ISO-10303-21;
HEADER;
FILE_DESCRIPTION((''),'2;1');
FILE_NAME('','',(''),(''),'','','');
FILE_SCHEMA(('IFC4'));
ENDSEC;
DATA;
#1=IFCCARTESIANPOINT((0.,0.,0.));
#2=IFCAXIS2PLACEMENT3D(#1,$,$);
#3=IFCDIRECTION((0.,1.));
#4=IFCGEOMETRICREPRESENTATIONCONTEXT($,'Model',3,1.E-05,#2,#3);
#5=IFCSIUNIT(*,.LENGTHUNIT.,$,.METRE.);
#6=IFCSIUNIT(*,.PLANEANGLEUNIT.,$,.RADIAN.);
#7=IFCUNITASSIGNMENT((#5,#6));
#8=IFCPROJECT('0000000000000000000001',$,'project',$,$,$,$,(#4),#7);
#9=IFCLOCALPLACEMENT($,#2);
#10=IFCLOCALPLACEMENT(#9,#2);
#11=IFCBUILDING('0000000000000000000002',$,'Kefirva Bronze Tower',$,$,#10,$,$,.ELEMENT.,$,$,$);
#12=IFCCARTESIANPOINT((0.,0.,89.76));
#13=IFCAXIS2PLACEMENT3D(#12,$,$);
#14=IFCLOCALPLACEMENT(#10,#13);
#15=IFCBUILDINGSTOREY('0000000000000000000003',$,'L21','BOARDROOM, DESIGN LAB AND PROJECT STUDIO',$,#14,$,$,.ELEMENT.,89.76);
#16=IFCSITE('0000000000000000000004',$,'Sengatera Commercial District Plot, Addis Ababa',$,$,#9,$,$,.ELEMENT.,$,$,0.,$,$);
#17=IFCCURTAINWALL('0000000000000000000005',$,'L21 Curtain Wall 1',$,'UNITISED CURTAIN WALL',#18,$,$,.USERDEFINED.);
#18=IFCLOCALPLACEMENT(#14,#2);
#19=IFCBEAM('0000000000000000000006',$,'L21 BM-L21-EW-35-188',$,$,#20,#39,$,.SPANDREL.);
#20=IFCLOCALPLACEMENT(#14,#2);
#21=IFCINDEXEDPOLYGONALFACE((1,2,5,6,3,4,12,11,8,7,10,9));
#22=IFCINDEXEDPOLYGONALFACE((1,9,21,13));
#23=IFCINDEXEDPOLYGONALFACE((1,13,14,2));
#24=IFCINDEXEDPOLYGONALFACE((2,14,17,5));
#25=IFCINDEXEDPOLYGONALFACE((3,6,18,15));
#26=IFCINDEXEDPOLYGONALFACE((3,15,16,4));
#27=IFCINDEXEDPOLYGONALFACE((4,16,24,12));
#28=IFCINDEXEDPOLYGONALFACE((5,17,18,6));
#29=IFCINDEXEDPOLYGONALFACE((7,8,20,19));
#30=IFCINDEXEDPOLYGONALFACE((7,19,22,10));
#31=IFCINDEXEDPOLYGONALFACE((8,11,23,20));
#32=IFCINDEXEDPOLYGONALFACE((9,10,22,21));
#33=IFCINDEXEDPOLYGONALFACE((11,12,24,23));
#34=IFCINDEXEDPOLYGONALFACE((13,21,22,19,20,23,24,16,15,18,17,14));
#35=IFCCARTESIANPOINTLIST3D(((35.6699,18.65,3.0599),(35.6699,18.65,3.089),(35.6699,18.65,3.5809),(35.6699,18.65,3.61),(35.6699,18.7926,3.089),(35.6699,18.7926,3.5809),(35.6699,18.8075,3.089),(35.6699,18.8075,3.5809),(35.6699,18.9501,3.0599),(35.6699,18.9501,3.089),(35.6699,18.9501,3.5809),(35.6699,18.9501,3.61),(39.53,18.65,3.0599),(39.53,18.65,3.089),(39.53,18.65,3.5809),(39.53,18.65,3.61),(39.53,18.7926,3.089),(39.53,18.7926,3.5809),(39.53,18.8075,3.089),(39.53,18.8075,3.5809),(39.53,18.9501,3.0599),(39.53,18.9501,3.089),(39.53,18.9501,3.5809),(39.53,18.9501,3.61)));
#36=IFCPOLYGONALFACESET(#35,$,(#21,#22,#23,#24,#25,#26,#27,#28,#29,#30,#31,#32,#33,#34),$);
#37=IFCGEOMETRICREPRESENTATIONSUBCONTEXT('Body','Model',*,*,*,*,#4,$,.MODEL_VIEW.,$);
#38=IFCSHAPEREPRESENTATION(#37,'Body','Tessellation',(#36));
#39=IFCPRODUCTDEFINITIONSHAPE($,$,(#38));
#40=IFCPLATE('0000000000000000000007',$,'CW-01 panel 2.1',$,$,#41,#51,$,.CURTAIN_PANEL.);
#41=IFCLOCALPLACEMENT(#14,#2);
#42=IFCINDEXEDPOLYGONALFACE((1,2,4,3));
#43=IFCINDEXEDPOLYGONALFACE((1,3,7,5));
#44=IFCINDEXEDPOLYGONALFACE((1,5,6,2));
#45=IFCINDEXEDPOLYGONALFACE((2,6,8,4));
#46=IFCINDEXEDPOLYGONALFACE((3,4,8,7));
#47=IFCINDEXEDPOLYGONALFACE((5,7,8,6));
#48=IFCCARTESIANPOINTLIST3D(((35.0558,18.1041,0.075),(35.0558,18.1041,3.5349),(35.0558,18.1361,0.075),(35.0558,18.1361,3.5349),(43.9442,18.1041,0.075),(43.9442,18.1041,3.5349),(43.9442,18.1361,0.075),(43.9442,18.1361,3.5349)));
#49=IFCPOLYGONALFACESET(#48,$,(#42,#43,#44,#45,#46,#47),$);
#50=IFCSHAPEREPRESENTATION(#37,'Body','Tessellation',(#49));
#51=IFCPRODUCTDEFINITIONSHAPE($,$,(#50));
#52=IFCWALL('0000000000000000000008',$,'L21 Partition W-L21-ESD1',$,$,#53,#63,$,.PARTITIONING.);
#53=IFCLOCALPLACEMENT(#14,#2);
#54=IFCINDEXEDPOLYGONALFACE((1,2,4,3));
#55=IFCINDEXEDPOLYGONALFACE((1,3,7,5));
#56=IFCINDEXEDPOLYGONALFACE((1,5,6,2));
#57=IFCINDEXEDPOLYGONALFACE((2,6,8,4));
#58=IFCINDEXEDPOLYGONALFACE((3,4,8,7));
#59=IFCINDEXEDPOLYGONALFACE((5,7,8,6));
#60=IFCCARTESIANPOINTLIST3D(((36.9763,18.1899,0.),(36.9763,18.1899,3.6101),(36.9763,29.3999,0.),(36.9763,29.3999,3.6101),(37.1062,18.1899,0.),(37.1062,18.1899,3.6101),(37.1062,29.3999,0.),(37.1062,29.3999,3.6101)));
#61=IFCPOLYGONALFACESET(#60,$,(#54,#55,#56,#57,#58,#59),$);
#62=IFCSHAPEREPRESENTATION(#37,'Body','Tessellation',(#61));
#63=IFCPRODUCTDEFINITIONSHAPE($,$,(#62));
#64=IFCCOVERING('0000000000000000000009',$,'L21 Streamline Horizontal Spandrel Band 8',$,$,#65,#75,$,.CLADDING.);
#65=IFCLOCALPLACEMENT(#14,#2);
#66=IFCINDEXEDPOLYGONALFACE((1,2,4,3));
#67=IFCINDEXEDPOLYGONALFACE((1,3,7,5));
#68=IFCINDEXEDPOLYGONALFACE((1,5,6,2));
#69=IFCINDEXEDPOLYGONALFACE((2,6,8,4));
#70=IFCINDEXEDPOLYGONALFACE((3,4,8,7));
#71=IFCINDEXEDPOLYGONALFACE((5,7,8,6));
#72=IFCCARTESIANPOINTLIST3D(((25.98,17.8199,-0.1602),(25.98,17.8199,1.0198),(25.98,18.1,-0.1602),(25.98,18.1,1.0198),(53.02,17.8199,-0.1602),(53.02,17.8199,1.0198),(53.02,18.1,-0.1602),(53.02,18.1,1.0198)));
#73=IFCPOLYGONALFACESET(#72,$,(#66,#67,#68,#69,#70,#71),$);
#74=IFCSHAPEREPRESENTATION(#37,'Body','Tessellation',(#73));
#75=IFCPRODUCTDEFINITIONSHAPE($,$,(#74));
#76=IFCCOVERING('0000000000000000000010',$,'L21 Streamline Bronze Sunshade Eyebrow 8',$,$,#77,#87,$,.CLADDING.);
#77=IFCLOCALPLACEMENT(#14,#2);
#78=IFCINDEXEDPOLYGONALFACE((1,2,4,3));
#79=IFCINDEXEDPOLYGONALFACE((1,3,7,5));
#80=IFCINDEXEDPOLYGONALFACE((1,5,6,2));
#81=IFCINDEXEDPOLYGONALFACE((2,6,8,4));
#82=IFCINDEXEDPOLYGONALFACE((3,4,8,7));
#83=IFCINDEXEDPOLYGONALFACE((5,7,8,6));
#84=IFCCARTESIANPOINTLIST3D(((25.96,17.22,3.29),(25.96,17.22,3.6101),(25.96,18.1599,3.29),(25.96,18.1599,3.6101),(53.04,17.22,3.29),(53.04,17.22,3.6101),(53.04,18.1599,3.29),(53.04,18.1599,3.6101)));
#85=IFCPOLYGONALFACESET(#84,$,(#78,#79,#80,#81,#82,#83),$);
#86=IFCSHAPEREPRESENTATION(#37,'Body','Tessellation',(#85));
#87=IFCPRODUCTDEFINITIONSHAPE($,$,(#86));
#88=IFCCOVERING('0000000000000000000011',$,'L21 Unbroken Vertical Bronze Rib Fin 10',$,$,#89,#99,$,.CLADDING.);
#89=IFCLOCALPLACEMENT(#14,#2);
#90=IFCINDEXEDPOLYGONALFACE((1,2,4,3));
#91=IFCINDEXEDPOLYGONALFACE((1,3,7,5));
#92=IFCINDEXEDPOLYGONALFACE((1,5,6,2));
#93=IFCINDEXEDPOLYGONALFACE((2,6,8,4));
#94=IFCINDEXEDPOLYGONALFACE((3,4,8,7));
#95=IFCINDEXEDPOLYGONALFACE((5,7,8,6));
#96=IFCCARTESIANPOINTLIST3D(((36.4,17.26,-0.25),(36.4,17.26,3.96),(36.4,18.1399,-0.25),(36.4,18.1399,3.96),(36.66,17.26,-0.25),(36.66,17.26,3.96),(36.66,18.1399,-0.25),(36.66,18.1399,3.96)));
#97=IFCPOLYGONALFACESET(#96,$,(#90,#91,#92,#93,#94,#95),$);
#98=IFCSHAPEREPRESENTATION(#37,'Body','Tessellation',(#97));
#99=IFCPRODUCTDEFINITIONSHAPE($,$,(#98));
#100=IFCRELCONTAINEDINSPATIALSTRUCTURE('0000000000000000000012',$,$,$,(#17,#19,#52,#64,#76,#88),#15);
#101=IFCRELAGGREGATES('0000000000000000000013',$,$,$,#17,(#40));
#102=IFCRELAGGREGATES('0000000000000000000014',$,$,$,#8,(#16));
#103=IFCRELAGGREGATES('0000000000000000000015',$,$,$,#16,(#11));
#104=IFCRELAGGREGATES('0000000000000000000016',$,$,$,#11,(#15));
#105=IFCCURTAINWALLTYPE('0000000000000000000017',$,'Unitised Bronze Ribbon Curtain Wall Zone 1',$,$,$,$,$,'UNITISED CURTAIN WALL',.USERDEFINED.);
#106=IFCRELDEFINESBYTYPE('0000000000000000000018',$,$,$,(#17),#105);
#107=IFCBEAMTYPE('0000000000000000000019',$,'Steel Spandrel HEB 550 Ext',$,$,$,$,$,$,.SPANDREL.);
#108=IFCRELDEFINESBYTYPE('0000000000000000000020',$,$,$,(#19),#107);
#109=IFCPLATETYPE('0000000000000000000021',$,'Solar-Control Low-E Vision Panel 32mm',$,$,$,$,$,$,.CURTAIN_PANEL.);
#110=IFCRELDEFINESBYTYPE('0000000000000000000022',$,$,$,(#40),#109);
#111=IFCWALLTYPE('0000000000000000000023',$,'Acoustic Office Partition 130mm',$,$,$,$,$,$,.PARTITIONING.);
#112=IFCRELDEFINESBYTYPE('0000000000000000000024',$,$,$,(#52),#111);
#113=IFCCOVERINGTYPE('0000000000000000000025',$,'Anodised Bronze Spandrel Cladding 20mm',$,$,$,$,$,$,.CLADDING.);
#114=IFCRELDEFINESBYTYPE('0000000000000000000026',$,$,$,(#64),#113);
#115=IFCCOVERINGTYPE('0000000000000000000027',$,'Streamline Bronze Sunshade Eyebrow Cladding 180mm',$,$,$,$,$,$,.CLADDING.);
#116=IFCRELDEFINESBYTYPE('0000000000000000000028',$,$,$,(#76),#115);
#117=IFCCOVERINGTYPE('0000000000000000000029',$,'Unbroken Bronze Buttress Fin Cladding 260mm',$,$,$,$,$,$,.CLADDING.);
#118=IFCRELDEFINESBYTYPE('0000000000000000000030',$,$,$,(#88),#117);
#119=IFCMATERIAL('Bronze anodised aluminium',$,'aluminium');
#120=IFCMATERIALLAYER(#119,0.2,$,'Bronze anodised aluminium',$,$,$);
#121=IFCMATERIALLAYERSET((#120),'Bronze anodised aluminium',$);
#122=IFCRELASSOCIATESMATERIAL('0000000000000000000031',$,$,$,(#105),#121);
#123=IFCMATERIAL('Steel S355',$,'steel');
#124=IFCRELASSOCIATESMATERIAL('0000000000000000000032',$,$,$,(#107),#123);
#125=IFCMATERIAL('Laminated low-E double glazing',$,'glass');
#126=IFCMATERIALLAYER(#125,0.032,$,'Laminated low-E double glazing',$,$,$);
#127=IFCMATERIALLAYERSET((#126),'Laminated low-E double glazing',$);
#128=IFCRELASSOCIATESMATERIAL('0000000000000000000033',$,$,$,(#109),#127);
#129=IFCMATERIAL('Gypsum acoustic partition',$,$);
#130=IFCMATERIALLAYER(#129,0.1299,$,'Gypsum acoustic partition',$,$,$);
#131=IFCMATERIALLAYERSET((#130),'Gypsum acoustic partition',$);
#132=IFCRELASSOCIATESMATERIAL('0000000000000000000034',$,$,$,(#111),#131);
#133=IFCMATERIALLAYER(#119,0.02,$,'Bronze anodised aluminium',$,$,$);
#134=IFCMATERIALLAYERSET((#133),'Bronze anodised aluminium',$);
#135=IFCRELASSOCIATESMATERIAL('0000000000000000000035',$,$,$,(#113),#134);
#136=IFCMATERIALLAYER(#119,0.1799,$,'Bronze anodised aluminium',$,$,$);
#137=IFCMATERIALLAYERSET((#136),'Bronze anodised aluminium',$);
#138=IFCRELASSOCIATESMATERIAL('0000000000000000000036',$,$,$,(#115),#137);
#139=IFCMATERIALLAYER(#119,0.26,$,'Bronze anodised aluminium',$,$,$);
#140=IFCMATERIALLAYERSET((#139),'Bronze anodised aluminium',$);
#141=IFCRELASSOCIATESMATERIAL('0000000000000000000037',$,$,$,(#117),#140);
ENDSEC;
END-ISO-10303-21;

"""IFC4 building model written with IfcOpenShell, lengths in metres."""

from ifc_helpers import new_model, si_unit, direction, frame, frame_2d, origin, origin_2d, place, context, subcontext, project, spatial, rectangle, i_section, extrude, material, layer, layer_set, material_profile, profile_set, type_object, element, aggregate, save


model = new_model("IFC4")

# Units and contexts
model_context = context("Model", 3, precision=1e-05, world=origin(), true_north=direction((0.0, 1.0)))
body_context = subcontext(model_context, "Body", "Model", "MODEL_VIEW")
ifc_project = project(units=[si_unit("LENGTHUNIT", "METRE"), si_unit("PLANEANGLEUNIT", "RADIAN")], contexts=[model_context])

# Site, building, storey
site_placement = place(None, origin())
site = spatial("IfcSite", under=ifc_project, at=site_placement, Name="Sengatera Commercial District Plot, Addis Ababa", CompositionType="ELEMENT", RefElevation=0.0)
building_placement = place(site_placement, origin())
building = spatial("IfcBuilding", under=site, at=building_placement, Name="Kefirva Bronze Tower", CompositionType="ELEMENT")
storey_placement = place(building_placement, frame((0.0, 0.0, 89.76)))
storey = spatial("IfcBuildingStorey", under=building, at=storey_placement, Name="L21", Description="BOARDROOM, DESIGN LAB AND PROJECT STUDIO", CompositionType="ELEMENT", Elevation=89.76)

# Curtain wall
ifc_material_1 = material(Name="Bronze anodised aluminium", Category="aluminium")
ifc_layer_1 = layer(ifc_material_1, 0.2, Name="Bronze anodised aluminium")
ifc_layer_set_1 = layer_set([ifc_layer_1], Name="Bronze anodised aluminium")
curtain_wall_type = type_object("IfcCurtainWallType", Name="Unitised Bronze Ribbon Curtain Wall Zone 1", ElementType="UNITISED CURTAIN WALL", PredefinedType="USERDEFINED", material=ifc_layer_set_1)
curtain_wall_placement = place(storey_placement, origin())
curtain_wall = element("IfcCurtainWall", 1, at=curtain_wall_placement, inside=storey, type_object=curtain_wall_type, Name="L21 Curtain Wall 1", ObjectType="UNITISED CURTAIN WALL", PredefinedType="USERDEFINED")

# Beam
ifc_material_2 = material(Name="Steel S355", Category="steel")
ifc_material_profile_1 = material_profile(ifc_material_2, i_section(OverallWidth=0.3, OverallDepth=0.55, WebThickness=0.0149, FlangeThickness=0.0291, at=origin_2d()), Name="HEB 550")
ifc_profile_set_1 = profile_set([ifc_material_profile_1], Name="Steel S355")
beam_type_1 = type_object("IfcBeamType", Name="Steel Spandrel HEB 550 Ext", PredefinedType="SPANDREL", material=ifc_profile_set_1)
beam_1_placement = place(storey_placement, frame((35.6699, 18.8, 3.335), z_axis=(1.0, 0.0, 0.0), x_axis=(0.0, 1.0, 0.0)))
element("IfcBeam", 2, at=beam_1_placement, inside=storey, type_object=beam_type_1, Name="L21 BM-L21-EW-35-188", PredefinedType="SPANDREL", context=body_context, shape_type="SweptSolid", body=[
    extrude(i_section(OverallWidth=0.3, OverallDepth=0.55, WebThickness=0.0149, FlangeThickness=0.0291, at=origin_2d()), origin(), (0.0, 0.0, 1.0), 3.8601),
])

# Plate
ifc_material_3 = material(Name="Laminated low-E double glazing", Category="glass")
ifc_layer_2 = layer(ifc_material_3, 0.032, Name="Laminated low-E double glazing")
ifc_layer_set_2 = layer_set([ifc_layer_2], Name="Laminated low-E double glazing")
plate_type = type_object("IfcPlateType", Name="Solar-Control Low-E Vision Panel 32mm", PredefinedType="CURTAIN_PANEL", material=ifc_layer_set_2)
plate_placement = place(storey_placement, frame((39.5, 18.1201, 0.075), z_axis=(0.0, 0.0, 1.0), x_axis=(1.0, 0.0, 0.0)))
plate = element("IfcPlate", 3, at=plate_placement, type_object=plate_type, Name="CW-01 panel 2.1", PredefinedType="CURTAIN_PANEL", context=body_context, shape_type="SweptSolid", body=[
    extrude(rectangle(XDim=8.8884, YDim=0.032, at=origin_2d()), origin(), (0.0, 0.0, 1.0), 3.46),
])
aggregate(curtain_wall, [plate])

# Wall
ifc_material_4 = material(Name="Gypsum acoustic partition")
ifc_layer_3 = layer(ifc_material_4, 0.1299, Name="Gypsum acoustic partition")
ifc_layer_set_3 = layer_set([ifc_layer_3], Name="Gypsum acoustic partition")
wall_type = type_object("IfcWallType", Name="Acoustic Office Partition 130mm", PredefinedType="PARTITIONING", material=ifc_layer_set_3)
wall_placement = place(storey_placement, frame((37.0413, 18.1899, 0.0), z_axis=(0.0, 0.0, 1.0), x_axis=(0.0, 1.0, 0.0)))
element("IfcWall", 4, at=wall_placement, inside=storey, type_object=wall_type, Name="L21 Partition W-L21-ESD1", PredefinedType="PARTITIONING", context=body_context, shape_type="SweptSolid", body=[
    extrude(rectangle(XDim=11.21, YDim=0.1299, at=frame_2d((5.605, 0.0))), origin(), (0.0, 0.0, 1.0), 3.6101),
])

# Coverings
ifc_layer_4 = layer(ifc_material_1, 0.02, Name="Bronze anodised aluminium")
ifc_layer_set_4 = layer_set([ifc_layer_4], Name="Bronze anodised aluminium")
covering_type_1 = type_object("IfcCoveringType", Name="Anodised Bronze Spandrel Cladding 20mm", PredefinedType="CLADDING", material=ifc_layer_set_4)
covering_1_placement = place(storey_placement, frame((39.5, 17.96, -0.1602), z_axis=(0.0, 0.0, 1.0), x_axis=(1.0, 0.0, 0.0)))
element("IfcCovering", 5, at=covering_1_placement, inside=storey, type_object=covering_type_1, Name="L21 Streamline Horizontal Spandrel Band 8", PredefinedType="CLADDING", context=body_context, shape_type="SweptSolid", body=[
    extrude(rectangle(XDim=27.04, YDim=0.28, at=origin_2d()), origin(), (0.0, 0.0, 1.0), 1.1799),
])
ifc_layer_5 = layer(ifc_material_1, 0.1799, Name="Bronze anodised aluminium")
ifc_layer_set_5 = layer_set([ifc_layer_5], Name="Bronze anodised aluminium")
covering_type_2 = type_object("IfcCoveringType", Name="Streamline Bronze Sunshade Eyebrow Cladding 180mm", PredefinedType="CLADDING", material=ifc_layer_set_5)
covering_2_placement = place(storey_placement, frame((39.5, 17.6899, 3.29), z_axis=(0.0, 0.0, 1.0), x_axis=(1.0, 0.0, 0.0)))
element("IfcCovering", 6, at=covering_2_placement, inside=storey, type_object=covering_type_2, Name="L21 Streamline Bronze Sunshade Eyebrow 8", PredefinedType="CLADDING", context=body_context, shape_type="SweptSolid", body=[
    extrude(rectangle(XDim=27.0801, YDim=0.9399, at=origin_2d()), origin(), (0.0, 0.0, 1.0), 0.3201),
])
ifc_layer_6 = layer(ifc_material_1, 0.26, Name="Bronze anodised aluminium")
ifc_layer_set_6 = layer_set([ifc_layer_6], Name="Bronze anodised aluminium")
covering_type_3 = type_object("IfcCoveringType", Name="Unbroken Bronze Buttress Fin Cladding 260mm", PredefinedType="CLADDING", material=ifc_layer_set_6)
covering_3_placement = place(storey_placement, frame((36.53, 17.7, -0.25), z_axis=(0.0, 0.0, 1.0), x_axis=(1.0, 0.0, 0.0)))
element("IfcCovering", 7, at=covering_3_placement, inside=storey, type_object=covering_type_3, Name="L21 Unbroken Vertical Bronze Rib Fin 10", PredefinedType="CLADDING", context=body_context, shape_type="SweptSolid", body=[
    extrude(rectangle(XDim=0.26, YDim=0.8799, at=origin_2d()), origin(), (0.0, 0.0, 1.0), 4.21),
])

save(model, "model.ifc")
